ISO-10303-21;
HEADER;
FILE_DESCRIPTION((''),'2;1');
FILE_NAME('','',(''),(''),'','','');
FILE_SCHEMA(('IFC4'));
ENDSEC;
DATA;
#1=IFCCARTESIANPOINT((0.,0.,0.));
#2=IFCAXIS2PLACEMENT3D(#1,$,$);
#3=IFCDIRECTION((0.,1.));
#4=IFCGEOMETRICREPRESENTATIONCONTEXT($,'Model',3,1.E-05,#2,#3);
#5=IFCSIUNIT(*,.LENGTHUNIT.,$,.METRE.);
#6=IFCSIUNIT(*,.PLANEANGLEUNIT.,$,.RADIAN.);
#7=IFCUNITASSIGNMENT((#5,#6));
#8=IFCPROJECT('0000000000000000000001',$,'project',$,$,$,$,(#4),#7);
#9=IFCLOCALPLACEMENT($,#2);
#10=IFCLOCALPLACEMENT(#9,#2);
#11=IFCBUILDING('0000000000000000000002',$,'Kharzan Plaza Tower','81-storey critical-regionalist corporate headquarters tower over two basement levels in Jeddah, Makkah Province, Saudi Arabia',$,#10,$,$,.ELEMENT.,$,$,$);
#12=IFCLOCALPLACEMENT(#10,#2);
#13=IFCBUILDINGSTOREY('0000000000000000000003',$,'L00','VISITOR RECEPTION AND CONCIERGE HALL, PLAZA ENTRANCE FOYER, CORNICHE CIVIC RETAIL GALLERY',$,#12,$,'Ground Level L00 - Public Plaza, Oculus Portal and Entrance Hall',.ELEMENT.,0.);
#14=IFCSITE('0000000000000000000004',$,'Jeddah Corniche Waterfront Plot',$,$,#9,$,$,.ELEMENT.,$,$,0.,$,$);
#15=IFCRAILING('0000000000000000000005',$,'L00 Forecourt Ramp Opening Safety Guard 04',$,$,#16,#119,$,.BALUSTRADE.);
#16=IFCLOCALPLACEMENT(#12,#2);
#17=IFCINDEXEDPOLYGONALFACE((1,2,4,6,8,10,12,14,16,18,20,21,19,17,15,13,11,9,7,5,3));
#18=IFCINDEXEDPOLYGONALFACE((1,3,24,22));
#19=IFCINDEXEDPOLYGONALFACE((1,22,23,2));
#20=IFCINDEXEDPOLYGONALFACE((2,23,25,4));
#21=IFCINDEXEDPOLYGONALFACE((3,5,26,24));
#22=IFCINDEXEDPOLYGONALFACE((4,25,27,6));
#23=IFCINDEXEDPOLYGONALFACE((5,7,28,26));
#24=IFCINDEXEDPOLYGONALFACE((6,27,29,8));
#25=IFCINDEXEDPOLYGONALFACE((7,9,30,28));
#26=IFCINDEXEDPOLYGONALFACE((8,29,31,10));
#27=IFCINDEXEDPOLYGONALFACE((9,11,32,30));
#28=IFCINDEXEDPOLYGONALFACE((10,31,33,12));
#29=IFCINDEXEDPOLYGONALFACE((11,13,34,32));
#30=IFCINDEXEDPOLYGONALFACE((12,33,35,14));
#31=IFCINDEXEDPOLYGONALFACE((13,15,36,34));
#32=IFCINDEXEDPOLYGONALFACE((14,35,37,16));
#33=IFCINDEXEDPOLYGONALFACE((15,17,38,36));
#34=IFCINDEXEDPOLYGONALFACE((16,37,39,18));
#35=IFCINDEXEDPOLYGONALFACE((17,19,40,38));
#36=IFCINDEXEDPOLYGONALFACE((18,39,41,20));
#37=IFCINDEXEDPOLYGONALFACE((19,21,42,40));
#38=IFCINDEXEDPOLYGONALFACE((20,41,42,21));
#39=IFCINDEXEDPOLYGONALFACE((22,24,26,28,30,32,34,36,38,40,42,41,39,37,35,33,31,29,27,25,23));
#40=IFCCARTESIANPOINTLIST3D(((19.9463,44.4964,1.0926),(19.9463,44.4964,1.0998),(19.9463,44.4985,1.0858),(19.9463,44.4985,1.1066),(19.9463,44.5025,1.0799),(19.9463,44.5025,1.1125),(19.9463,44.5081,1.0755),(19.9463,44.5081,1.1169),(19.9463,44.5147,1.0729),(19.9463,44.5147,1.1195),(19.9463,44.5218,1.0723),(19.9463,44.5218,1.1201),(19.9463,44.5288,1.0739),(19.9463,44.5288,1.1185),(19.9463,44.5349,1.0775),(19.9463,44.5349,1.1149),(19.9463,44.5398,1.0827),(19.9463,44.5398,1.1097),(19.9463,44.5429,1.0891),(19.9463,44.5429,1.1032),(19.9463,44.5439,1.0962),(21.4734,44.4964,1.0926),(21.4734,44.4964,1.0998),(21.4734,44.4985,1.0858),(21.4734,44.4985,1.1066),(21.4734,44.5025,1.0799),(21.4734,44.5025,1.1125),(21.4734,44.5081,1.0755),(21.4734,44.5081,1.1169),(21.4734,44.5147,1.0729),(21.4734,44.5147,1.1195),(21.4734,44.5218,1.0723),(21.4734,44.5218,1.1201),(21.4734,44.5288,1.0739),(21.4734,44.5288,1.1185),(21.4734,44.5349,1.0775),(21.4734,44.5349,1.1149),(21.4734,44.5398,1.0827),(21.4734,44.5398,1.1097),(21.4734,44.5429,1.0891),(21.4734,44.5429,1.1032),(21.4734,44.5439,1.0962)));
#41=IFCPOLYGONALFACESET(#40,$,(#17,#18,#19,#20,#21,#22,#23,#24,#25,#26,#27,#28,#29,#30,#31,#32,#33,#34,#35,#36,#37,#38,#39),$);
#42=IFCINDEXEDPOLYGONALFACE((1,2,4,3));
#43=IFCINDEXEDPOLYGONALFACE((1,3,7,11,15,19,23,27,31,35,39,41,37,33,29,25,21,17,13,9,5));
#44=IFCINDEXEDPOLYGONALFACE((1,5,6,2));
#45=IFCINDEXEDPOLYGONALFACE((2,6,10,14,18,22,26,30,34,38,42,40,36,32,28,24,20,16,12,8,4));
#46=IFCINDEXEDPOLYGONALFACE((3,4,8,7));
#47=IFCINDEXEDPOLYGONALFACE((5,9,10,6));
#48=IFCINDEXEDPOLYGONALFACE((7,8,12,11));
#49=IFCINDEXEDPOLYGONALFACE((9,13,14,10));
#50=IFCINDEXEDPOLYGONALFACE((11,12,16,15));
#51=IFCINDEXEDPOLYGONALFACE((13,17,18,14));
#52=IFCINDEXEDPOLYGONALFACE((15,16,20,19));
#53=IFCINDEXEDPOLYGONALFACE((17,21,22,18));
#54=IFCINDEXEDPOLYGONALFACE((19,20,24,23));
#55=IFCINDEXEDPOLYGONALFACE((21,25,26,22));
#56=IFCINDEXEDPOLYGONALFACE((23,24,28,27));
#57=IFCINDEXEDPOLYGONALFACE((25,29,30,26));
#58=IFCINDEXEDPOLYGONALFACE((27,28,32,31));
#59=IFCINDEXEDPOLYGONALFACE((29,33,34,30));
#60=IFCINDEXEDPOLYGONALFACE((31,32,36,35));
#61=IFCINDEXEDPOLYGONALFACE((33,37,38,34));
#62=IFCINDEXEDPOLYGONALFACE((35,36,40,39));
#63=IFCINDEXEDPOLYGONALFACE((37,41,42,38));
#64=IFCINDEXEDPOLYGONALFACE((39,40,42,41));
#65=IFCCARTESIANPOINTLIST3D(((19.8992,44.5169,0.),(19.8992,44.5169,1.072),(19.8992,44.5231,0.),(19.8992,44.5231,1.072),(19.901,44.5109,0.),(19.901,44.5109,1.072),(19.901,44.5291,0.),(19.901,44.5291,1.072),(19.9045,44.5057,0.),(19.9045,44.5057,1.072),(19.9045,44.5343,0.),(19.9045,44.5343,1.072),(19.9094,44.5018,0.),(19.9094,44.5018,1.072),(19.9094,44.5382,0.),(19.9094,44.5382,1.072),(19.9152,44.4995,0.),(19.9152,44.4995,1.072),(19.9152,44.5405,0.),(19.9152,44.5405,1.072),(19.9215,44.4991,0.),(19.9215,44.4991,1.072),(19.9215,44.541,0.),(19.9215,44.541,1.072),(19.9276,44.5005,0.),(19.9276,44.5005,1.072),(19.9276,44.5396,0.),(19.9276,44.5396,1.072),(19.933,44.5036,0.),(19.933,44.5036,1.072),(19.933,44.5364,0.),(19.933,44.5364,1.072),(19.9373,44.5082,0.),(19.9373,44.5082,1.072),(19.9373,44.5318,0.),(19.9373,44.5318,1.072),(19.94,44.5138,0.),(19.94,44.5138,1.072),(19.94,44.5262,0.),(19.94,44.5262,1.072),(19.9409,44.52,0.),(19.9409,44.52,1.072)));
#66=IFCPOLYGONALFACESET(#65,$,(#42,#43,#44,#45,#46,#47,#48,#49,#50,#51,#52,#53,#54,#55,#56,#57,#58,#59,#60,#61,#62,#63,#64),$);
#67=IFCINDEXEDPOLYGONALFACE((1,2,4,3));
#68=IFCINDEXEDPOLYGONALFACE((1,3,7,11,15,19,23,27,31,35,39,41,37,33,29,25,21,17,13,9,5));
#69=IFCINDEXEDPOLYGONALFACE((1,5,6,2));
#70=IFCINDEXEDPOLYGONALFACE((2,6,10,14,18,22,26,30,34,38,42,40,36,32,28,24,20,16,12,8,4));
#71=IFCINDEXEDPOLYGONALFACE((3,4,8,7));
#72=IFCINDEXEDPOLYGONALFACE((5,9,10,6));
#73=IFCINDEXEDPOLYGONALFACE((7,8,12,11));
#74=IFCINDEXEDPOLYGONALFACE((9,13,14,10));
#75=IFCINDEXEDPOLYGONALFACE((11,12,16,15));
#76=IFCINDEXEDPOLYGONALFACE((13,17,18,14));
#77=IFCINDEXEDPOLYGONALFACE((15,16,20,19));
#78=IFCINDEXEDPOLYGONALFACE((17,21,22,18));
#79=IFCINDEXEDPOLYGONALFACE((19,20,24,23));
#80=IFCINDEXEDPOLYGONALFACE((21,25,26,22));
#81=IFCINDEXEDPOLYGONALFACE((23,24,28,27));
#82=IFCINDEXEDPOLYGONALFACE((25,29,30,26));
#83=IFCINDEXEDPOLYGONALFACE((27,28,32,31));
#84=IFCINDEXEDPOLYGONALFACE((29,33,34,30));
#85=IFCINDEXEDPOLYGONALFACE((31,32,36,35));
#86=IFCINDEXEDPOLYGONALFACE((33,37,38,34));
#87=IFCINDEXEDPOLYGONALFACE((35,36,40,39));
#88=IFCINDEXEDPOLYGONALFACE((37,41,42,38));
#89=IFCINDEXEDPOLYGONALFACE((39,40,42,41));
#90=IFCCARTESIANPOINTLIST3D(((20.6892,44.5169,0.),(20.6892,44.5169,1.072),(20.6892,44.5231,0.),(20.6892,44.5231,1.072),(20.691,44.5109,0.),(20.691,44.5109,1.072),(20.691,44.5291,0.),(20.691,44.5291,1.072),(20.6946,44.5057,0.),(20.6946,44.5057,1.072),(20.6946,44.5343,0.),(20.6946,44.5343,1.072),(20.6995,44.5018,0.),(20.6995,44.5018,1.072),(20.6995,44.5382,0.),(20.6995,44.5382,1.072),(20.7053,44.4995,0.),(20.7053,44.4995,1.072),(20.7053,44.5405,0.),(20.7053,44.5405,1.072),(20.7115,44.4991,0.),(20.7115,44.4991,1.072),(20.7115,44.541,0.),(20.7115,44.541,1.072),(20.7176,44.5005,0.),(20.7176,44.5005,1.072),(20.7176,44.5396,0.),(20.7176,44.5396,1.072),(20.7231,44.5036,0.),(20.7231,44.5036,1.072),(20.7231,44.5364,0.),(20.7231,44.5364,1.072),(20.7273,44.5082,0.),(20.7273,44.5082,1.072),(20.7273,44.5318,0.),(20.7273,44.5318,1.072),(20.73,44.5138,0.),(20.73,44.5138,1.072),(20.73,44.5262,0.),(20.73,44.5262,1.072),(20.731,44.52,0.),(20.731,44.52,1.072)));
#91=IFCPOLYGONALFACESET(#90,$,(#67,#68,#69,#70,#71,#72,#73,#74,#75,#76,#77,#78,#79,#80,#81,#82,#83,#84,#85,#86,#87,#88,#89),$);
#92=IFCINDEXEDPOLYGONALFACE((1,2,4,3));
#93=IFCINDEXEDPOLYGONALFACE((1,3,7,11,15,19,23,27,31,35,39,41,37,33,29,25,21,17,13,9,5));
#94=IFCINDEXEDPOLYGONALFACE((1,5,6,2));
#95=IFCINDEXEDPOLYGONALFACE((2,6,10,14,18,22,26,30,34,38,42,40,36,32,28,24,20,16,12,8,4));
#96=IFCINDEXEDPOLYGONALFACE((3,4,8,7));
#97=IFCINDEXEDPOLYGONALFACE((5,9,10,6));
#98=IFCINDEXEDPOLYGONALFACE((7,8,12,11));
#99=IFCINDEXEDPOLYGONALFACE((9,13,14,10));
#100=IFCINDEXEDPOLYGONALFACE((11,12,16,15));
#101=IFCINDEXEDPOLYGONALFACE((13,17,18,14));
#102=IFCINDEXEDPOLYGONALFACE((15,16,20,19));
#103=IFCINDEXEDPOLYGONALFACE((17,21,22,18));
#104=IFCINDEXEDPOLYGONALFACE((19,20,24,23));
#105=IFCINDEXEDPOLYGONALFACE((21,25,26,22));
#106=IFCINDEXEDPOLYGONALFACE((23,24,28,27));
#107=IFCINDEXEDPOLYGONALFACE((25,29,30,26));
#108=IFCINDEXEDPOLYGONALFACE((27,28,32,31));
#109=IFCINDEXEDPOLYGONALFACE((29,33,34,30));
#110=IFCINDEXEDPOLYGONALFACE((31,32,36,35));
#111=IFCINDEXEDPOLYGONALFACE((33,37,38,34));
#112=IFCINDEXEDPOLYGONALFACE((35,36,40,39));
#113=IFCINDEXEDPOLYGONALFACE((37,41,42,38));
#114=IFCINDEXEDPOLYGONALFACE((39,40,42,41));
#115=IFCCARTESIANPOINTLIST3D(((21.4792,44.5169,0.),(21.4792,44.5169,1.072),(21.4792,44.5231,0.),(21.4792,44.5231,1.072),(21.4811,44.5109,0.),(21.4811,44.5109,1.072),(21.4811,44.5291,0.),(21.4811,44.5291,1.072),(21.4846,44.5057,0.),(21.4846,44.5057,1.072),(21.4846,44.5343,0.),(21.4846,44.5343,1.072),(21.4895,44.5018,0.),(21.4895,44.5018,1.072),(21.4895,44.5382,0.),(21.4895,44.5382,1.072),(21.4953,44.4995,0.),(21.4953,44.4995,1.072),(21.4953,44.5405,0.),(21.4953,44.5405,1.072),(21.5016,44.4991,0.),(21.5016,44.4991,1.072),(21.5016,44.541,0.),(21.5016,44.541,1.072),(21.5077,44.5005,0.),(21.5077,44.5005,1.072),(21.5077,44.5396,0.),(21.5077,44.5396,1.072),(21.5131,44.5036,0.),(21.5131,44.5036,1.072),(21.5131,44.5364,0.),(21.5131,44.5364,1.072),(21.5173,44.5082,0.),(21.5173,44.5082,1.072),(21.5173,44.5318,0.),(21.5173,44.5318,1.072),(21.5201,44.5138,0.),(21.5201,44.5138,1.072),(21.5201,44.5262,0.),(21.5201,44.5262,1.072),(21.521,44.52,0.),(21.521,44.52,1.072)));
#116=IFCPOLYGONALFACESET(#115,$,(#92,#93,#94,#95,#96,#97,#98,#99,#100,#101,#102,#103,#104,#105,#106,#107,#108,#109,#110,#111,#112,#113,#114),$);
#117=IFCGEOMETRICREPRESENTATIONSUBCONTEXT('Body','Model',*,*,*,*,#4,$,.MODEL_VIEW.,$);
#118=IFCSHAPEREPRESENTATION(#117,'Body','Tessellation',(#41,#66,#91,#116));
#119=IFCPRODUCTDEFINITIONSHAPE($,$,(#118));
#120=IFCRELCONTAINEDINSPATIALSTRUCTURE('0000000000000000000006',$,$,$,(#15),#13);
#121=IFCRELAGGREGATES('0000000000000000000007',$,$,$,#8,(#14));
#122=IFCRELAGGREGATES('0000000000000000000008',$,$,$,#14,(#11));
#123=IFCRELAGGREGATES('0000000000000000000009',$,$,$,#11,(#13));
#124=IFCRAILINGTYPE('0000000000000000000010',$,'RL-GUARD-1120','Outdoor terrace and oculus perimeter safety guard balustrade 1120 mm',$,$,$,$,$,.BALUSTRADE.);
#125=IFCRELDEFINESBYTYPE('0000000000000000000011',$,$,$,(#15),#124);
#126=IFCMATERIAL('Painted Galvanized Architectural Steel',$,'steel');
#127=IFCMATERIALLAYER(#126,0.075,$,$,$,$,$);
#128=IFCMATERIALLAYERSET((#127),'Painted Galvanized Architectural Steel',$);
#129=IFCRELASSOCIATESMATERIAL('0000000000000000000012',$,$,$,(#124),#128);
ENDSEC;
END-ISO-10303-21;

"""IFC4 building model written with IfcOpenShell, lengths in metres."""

from ifc_helpers import new_model, si_unit, direction, frame, origin, origin_2d, place, context, subcontext, project, spatial, circle, extrude, source, transform, mapped, material, layer, layer_set, type_object, element, save


model = new_model("IFC4")

# Units and contexts
model_context = context("Model", 3, precision=1e-05, world=origin(), true_north=direction((0.0, 1.0)))
body_context = subcontext(model_context, "Body", "Model", "MODEL_VIEW")
ifc_project = project(units=[si_unit("LENGTHUNIT", "METRE"), si_unit("PLANEANGLEUNIT", "RADIAN")], contexts=[model_context])

# Site, building, storey
site_placement = place(None, origin())
site = spatial("IfcSite", under=ifc_project, at=site_placement, Name="Jeddah Corniche Waterfront Plot", CompositionType="ELEMENT", RefElevation=0.0)
building_placement = place(site_placement, origin())
building = spatial("IfcBuilding", under=site, at=building_placement, Name="Kharzan Plaza Tower", Description="81-storey critical-regionalist corporate headquarters tower over two basement levels in Jeddah, Makkah Province, Saudi Arabia", CompositionType="ELEMENT")
storey_placement = place(building_placement, origin())
storey = spatial("IfcBuildingStorey", under=building, at=storey_placement, Name="L00", Description="VISITOR RECEPTION AND CONCIERGE HALL, PLAZA ENTRANCE FOYER, CORNICHE CIVIC RETAIL GALLERY", LongName="Ground Level L00 - Public Plaza, Oculus Portal and Entrance Hall", CompositionType="ELEMENT", Elevation=0.0)

# Railing
ifc_material_1 = material(Name="Painted Galvanized Architectural Steel", Category="steel")
ifc_layer_1 = layer(ifc_material_1, 0.075)
ifc_layer_set_1 = layer_set([ifc_layer_1], Name="Painted Galvanized Architectural Steel")
railing_type = type_object("IfcRailingType", Name="RL-GUARD-1120", Description="Outdoor terrace and oculus perimeter safety guard balustrade 1120 mm", PredefinedType="BALUSTRADE", material=ifc_layer_set_1)
shared_shape_1 = source(origin(), body_context, "Body", "SweptSolid", [
    extrude(circle(Radius=0.0239, at=origin_2d()), frame((0.0264, 0.0, 1.0962), z_axis=(1.0, 0.0, 0.0), x_axis=(0.0, 1.0, 0.0)), (0.0, 0.0, 1.0), 1.5271),
    extrude(circle(Radius=0.021, at=origin_2d()), origin(), (0.0, 0.0, 1.0), 1.072),
    extrude(circle(Radius=0.021, at=origin_2d()), frame((0.79, 0.0, 0.0)), (0.0, 0.0, 1.0), 1.072),
    extrude(circle(Radius=0.021, at=origin_2d()), frame((1.5801, 0.0, 0.0)), (0.0, 0.0, 1.0), 1.072),
])
railing_placement = place(storey_placement, frame((19.9199, 44.52, 0.0)))
element("IfcRailing", 1, at=railing_placement, inside=storey, type_object=railing_type, Name="L00 Forecourt Ramp Opening Safety Guard 04", PredefinedType="BALUSTRADE", context=body_context, shape_type="MappedRepresentation", body=[
    mapped(shared_shape_1, transform((0.0, 0.0, 0.0), x_axis=(1.0, 0.0, 0.0), y_axis=(0.0, 1.0, 0.0), z_axis=(0.0, 0.0, 1.0))),
])

save(model, "model.ifc")
